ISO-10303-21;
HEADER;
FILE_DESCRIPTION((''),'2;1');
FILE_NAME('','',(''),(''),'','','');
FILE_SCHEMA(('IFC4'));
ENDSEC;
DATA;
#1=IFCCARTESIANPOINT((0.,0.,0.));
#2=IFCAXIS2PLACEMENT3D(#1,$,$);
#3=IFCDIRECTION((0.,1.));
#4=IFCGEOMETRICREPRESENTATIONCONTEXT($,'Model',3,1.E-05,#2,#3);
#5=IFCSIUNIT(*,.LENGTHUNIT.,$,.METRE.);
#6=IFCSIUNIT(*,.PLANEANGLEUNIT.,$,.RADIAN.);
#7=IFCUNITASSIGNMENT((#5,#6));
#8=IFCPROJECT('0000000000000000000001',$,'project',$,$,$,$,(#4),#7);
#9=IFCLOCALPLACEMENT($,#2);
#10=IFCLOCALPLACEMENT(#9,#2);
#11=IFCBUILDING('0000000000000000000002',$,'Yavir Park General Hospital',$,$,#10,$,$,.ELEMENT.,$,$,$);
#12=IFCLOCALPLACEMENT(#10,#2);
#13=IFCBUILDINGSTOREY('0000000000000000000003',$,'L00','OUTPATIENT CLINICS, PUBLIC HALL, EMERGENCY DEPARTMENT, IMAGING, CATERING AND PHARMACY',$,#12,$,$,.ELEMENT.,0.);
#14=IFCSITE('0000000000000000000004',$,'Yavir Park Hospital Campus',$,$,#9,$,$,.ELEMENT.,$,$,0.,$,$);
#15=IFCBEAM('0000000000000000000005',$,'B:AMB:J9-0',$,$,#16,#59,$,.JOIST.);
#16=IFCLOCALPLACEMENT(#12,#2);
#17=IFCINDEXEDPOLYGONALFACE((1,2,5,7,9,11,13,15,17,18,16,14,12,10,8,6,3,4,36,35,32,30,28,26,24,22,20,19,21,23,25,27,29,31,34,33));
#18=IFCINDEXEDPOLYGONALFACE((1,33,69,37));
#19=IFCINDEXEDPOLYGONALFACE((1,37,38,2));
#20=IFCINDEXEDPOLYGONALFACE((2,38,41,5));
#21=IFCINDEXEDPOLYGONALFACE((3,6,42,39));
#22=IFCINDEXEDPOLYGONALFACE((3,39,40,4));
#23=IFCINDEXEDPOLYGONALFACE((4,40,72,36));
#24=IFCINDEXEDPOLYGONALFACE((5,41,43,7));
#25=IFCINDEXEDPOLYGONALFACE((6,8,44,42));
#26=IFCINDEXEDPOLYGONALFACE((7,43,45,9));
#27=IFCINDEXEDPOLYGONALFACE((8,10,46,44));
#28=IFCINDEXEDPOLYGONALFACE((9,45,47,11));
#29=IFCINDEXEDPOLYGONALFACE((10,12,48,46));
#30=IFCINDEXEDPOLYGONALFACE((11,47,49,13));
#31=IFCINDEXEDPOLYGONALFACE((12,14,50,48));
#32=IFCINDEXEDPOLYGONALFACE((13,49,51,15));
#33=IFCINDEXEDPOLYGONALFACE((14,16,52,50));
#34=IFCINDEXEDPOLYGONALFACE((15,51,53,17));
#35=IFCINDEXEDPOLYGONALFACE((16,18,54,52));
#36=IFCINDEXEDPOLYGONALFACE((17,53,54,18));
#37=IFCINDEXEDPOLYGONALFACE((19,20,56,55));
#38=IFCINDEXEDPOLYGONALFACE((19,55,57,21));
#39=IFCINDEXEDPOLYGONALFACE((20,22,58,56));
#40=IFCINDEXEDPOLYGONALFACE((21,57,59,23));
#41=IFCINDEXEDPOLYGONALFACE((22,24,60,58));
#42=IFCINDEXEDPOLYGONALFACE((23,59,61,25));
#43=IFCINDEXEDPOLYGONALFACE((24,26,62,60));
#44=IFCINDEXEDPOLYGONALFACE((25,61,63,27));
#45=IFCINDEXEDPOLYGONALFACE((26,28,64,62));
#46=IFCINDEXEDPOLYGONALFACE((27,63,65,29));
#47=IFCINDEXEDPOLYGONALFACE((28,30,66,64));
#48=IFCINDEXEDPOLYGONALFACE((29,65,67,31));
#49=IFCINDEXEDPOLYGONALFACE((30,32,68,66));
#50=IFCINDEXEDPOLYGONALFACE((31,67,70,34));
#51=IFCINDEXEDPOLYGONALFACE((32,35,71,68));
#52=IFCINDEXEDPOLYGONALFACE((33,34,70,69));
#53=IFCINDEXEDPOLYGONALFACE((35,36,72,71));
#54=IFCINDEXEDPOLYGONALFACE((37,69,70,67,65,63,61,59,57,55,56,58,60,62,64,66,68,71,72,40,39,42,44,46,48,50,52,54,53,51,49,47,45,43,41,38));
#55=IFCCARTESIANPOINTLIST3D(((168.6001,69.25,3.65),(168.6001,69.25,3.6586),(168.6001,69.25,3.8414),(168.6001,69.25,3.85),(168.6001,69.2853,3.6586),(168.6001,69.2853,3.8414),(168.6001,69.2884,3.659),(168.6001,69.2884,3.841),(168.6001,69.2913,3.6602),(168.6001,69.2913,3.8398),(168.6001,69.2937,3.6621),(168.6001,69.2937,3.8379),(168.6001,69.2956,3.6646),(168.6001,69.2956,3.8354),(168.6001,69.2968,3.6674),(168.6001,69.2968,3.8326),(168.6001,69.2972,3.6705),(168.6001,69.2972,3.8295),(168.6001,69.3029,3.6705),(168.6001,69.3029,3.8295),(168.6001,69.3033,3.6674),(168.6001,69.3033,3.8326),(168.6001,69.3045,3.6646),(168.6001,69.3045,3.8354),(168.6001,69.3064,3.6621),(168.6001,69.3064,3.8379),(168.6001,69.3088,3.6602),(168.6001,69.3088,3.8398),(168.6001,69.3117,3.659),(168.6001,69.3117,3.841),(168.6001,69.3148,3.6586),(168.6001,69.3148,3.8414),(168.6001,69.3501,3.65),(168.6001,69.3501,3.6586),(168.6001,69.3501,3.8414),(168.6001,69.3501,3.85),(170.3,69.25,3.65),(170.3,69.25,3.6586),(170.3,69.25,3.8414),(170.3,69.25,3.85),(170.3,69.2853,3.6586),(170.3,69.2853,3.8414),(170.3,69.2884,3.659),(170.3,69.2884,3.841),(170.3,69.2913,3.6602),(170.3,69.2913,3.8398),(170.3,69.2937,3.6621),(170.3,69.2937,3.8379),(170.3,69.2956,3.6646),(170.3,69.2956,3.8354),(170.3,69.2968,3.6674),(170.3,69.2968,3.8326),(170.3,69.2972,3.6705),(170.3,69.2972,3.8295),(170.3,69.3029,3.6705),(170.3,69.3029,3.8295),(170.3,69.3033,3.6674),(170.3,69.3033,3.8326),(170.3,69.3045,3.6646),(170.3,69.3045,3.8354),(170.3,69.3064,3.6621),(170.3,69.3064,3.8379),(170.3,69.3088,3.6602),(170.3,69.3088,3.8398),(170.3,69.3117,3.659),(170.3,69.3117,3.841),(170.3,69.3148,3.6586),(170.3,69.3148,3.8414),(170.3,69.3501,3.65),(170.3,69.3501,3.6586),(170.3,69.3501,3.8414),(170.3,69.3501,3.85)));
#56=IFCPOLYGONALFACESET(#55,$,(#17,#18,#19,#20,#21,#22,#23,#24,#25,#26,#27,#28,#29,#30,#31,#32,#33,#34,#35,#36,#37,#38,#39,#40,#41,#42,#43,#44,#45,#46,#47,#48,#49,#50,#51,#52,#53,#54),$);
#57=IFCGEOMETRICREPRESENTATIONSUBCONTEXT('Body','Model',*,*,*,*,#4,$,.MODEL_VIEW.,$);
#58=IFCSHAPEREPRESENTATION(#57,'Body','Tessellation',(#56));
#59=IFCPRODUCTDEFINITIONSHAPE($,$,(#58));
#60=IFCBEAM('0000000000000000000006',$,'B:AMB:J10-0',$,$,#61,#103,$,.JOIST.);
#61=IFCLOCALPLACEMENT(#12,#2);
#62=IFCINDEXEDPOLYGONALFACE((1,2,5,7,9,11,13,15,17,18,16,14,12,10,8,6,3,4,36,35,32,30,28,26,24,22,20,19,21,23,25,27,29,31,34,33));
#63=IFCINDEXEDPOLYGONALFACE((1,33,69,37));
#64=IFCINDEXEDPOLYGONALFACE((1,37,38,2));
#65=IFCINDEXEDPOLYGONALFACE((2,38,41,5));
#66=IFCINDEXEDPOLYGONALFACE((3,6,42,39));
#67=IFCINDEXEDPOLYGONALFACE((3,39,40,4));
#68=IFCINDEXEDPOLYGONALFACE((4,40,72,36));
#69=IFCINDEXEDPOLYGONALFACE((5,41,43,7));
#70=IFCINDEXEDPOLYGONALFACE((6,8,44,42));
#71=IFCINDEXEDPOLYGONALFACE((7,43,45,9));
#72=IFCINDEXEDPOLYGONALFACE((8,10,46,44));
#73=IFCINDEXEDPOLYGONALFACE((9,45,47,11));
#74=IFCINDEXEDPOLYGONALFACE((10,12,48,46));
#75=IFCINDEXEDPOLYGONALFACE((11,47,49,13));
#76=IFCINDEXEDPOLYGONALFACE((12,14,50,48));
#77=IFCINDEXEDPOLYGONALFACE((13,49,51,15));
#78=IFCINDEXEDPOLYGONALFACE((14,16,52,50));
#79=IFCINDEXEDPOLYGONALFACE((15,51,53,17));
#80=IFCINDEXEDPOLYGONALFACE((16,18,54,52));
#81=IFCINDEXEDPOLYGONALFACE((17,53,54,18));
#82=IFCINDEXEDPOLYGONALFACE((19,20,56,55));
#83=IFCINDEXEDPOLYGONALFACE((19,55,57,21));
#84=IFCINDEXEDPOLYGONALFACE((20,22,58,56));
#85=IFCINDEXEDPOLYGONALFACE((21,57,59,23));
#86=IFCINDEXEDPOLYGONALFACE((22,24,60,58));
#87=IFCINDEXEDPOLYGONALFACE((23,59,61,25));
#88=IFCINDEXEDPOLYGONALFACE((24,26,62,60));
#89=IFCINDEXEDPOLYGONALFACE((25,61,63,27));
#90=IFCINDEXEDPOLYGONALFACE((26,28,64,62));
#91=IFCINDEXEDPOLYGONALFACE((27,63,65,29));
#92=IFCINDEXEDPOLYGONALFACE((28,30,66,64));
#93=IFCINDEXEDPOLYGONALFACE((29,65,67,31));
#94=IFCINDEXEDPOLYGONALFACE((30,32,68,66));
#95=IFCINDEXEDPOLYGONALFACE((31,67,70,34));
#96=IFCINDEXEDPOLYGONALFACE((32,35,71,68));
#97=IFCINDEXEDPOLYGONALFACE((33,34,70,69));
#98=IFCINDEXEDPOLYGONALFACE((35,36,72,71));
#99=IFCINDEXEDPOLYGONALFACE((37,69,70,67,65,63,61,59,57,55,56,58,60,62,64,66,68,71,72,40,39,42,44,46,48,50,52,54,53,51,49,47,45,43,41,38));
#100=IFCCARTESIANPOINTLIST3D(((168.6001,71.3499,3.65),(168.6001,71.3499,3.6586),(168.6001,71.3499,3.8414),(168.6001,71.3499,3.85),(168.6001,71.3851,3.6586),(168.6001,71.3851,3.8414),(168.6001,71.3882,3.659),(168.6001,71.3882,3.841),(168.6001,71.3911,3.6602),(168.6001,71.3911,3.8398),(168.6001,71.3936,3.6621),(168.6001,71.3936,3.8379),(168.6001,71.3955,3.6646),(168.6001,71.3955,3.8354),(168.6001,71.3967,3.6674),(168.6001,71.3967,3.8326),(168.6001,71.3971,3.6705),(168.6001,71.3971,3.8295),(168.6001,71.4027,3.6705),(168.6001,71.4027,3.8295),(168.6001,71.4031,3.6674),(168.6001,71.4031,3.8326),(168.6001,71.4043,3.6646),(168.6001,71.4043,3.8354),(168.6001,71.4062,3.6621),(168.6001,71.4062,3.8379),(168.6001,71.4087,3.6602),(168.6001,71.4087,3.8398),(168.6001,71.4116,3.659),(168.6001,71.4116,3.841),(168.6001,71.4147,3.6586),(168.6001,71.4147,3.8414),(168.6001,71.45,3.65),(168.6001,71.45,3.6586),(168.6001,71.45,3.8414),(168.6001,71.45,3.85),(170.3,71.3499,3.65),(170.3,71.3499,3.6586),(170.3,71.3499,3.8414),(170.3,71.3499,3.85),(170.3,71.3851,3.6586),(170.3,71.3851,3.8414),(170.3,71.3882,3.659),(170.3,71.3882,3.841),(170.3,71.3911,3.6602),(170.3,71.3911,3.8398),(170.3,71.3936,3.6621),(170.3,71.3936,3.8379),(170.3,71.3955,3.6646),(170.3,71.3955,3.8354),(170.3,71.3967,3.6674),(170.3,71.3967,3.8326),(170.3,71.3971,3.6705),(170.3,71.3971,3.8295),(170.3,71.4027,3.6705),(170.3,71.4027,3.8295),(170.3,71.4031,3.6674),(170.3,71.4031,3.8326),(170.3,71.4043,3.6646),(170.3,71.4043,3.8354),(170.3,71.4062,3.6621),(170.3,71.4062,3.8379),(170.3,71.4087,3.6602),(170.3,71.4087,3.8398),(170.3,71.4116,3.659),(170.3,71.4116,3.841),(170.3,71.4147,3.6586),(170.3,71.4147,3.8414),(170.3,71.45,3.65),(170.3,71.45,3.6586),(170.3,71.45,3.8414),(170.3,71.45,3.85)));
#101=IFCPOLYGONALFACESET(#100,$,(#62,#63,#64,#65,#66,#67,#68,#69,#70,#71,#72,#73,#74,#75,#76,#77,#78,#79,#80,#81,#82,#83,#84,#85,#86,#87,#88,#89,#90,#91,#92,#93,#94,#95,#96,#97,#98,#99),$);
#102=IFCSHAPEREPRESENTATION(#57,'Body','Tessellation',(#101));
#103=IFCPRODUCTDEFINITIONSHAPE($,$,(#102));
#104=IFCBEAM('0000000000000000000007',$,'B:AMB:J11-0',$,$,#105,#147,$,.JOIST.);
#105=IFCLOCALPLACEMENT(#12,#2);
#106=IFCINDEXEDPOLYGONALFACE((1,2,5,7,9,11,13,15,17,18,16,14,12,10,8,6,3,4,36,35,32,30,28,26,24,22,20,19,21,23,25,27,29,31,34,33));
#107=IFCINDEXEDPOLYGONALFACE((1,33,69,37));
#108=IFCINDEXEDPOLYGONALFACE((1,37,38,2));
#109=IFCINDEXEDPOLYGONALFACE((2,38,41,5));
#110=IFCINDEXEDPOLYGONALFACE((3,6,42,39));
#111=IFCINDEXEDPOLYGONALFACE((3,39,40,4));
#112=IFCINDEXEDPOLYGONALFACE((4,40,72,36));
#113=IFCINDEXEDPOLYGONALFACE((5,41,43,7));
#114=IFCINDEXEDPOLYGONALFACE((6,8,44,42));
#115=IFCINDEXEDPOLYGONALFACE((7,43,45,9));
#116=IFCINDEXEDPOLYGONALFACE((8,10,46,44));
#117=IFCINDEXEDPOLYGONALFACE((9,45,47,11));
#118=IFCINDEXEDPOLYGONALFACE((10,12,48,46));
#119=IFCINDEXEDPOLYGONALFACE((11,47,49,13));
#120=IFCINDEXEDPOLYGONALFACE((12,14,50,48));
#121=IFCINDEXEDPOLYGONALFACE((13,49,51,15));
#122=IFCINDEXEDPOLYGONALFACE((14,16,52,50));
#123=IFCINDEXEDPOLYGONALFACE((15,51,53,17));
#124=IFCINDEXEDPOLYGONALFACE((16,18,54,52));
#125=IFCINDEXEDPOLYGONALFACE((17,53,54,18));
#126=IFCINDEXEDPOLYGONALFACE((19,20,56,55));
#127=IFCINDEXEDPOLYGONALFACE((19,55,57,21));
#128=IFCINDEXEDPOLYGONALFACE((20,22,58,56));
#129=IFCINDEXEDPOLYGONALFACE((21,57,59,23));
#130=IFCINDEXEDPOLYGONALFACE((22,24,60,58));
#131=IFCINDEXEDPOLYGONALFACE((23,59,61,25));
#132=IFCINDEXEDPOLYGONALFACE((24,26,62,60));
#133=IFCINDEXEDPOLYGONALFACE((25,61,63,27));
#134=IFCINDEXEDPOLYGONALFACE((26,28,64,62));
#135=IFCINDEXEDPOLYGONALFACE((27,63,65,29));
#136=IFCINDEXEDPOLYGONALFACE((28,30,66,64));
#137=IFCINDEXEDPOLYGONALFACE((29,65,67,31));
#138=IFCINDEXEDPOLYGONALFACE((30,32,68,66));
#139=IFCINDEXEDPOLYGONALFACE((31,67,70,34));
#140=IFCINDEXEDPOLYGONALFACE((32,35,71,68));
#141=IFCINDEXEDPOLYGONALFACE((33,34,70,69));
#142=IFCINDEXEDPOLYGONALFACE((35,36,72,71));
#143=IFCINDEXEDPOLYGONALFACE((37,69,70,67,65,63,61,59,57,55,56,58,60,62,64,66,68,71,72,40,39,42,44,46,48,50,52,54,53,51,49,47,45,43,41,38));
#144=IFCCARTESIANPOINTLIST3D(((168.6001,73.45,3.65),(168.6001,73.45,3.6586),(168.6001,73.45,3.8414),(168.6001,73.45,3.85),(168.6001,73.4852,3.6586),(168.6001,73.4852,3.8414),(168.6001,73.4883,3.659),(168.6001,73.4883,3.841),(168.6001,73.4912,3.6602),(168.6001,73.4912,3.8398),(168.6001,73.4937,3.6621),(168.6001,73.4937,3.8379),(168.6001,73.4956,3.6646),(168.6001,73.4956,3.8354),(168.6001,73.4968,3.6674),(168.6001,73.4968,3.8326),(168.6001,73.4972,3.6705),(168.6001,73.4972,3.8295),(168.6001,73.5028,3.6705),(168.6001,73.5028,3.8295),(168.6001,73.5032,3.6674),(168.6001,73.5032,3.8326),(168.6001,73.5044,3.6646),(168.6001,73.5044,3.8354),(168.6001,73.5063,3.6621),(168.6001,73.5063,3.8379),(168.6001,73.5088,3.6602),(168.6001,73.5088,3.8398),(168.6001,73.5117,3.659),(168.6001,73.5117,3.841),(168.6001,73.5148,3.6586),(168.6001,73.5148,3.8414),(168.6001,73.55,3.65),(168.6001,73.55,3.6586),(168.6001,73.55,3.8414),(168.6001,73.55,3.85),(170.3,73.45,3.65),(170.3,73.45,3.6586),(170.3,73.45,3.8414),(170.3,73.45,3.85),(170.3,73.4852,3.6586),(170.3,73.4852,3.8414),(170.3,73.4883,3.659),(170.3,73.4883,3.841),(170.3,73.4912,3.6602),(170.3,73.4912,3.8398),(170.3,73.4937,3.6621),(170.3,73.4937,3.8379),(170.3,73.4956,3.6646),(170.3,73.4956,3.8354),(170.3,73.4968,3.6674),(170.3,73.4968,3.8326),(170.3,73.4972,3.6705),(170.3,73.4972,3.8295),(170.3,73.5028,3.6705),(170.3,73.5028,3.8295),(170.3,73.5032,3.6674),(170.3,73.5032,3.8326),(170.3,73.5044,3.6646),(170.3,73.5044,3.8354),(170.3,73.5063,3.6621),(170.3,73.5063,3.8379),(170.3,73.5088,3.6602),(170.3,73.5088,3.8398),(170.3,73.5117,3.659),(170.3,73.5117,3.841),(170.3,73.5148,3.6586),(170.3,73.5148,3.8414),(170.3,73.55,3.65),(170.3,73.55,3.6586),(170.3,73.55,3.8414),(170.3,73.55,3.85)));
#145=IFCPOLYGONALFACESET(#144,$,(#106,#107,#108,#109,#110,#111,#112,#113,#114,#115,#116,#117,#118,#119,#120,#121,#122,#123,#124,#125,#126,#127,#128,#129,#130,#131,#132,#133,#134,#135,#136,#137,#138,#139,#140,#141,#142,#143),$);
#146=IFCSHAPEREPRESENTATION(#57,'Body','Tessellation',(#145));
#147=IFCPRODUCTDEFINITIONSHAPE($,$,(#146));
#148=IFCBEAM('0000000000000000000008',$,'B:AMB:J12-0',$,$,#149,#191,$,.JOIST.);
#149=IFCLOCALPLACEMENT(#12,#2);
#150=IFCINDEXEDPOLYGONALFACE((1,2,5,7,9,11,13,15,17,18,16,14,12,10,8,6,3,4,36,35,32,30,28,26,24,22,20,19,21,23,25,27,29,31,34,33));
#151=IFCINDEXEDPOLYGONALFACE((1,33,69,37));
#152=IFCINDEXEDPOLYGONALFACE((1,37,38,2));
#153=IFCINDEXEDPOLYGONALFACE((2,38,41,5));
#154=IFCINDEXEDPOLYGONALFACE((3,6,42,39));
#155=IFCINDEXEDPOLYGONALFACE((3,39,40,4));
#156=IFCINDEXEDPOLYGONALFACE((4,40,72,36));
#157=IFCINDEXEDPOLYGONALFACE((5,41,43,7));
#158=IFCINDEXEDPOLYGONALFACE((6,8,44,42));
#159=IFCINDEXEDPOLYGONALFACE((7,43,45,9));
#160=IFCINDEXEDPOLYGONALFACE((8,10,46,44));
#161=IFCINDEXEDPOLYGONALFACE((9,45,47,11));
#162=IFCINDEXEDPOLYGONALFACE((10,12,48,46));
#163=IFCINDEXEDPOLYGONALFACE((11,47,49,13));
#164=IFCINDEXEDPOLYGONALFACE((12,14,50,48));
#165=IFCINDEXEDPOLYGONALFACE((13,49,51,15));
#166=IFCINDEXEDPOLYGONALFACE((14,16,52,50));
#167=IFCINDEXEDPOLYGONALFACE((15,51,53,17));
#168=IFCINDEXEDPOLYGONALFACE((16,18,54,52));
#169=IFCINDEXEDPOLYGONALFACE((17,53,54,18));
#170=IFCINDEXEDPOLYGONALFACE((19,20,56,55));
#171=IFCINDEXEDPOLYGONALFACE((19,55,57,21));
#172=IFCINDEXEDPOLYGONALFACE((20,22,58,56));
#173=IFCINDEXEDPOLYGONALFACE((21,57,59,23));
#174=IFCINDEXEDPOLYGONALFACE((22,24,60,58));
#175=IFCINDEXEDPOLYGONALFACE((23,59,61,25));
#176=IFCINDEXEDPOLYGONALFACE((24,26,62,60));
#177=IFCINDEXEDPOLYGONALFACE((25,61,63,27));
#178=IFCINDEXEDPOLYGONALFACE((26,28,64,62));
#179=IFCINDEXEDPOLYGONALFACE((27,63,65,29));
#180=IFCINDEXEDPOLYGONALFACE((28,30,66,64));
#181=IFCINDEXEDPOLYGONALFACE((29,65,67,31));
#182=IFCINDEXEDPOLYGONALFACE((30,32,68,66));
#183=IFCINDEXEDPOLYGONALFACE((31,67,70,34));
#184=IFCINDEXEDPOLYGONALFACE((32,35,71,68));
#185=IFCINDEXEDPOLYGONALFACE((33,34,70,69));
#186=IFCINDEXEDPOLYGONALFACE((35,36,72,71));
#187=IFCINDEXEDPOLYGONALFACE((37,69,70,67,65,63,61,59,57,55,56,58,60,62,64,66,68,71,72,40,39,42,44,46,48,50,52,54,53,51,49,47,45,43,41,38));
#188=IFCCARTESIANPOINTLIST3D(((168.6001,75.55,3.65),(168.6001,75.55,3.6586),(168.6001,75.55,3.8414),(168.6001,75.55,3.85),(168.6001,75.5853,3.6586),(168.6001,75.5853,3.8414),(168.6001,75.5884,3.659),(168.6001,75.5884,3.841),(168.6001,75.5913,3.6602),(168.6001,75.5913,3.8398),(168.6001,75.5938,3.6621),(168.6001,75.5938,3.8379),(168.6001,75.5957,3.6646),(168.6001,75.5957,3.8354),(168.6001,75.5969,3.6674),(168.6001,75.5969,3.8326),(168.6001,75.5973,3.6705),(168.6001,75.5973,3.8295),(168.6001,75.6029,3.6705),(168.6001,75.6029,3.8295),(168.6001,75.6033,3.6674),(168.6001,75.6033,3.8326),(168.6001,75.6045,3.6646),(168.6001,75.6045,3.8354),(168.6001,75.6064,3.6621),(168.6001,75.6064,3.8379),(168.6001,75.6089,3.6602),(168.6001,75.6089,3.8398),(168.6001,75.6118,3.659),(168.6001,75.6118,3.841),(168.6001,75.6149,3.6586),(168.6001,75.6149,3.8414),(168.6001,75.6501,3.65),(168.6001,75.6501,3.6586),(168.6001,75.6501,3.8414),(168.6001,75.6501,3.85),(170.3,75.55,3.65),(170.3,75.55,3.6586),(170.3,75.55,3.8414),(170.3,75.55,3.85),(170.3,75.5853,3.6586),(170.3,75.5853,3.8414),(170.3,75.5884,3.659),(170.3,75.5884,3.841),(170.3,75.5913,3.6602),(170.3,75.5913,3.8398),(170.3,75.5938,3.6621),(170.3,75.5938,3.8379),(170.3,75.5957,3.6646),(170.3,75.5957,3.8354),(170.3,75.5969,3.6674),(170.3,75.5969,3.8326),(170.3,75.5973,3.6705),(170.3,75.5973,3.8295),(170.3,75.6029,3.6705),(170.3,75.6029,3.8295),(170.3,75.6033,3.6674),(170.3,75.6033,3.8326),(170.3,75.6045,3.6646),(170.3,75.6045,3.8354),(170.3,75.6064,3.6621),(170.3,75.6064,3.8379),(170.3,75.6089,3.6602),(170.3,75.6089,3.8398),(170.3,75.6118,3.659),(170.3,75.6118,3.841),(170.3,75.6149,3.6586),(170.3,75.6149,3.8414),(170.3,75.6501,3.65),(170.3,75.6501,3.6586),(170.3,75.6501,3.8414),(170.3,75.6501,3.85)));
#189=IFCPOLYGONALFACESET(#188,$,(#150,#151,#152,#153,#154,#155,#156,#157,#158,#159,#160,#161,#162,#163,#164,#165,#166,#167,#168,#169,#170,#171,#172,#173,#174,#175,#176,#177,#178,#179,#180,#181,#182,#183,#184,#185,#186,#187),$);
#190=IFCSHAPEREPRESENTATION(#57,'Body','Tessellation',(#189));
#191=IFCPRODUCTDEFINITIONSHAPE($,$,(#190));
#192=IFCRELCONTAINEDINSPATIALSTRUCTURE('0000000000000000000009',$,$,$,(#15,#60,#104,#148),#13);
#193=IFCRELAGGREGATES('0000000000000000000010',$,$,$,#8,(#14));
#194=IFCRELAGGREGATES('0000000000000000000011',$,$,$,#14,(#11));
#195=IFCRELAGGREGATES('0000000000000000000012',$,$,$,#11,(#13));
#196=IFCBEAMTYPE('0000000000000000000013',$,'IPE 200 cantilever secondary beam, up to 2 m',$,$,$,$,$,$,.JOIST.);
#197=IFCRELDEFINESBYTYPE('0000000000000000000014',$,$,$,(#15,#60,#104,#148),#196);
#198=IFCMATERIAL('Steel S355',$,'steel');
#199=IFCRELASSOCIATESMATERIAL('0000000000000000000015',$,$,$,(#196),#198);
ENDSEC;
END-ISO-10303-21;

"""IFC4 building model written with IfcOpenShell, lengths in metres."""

from ifc_helpers import new_model, si_unit, direction, frame, origin, origin_2d, place, context, subcontext, project, spatial, i_section, extrude, material, material_profile, profile_set, type_object, element, save


model = new_model("IFC4")

# Units and contexts
model_context = context("Model", 3, precision=1e-05, world=origin(), true_north=direction((0.0, 1.0)))
body_context = subcontext(model_context, "Body", "Model", "MODEL_VIEW")
ifc_project = project(units=[si_unit("LENGTHUNIT", "METRE"), si_unit("PLANEANGLEUNIT", "RADIAN")], contexts=[model_context])

# Site, building, storey
site_placement = place(None, origin())
site = spatial("IfcSite", under=ifc_project, at=site_placement, Name="Yavir Park Hospital Campus", CompositionType="ELEMENT", RefElevation=0.0)
building_placement = place(site_placement, origin())
building = spatial("IfcBuilding", under=site, at=building_placement, Name="Yavir Park General Hospital", CompositionType="ELEMENT")
storey_placement = place(building_placement, origin())
storey = spatial("IfcBuildingStorey", under=building, at=storey_placement, Name="L00", Description="OUTPATIENT CLINICS, PUBLIC HALL, EMERGENCY DEPARTMENT, IMAGING, CATERING AND PHARMACY", CompositionType="ELEMENT", Elevation=0.0)

# Beams
ifc_material_1 = material(Name="Steel S355", Category="steel")
ifc_material_profile_1 = material_profile(ifc_material_1, i_section(OverallWidth=0.1001, OverallDepth=0.2, WebThickness=0.0056, FlangeThickness=0.0085, FilletRadius=0.012, at=origin_2d()), Name="IPE200")
ifc_profile_set_1 = profile_set([ifc_material_profile_1], Name="Steel S355")
beam_type_1 = type_object("IfcBeamType", Name="IPE 200 cantilever secondary beam, up to 2 m", PredefinedType="JOIST", material=ifc_profile_set_1)
for number, where, z_axis, x_axis, name in (
    (1, (168.6001, 69.3, 3.75), (1.0, 0.0, 0.0), (0.0, 1.0, 0.0), "B:AMB:J9-0"),
    (2, (168.6001, 71.3999, 3.75), (1.0, 0.0, 0.0), (0.0, 1.0, 0.0), "B:AMB:J10-0"),
    (3, (168.6001, 73.5, 3.75), (1.0, 0.0, 0.0), (0.0, 1.0, 0.0), "B:AMB:J11-0"),
    (4, (168.6001, 75.6001, 3.75), (1.0, 0.0, 0.0), (0.0, 1.0, 0.0), "B:AMB:J12-0"),
):
    element("IfcBeam", number, at=place(storey_placement, frame(where, z_axis=z_axis, x_axis=x_axis)), inside=storey, type_object=beam_type_1, Name=name, PredefinedType="JOIST", context=body_context, shape_type="SweptSolid", body=[
        extrude(i_section(OverallWidth=0.1001, OverallDepth=0.2, WebThickness=0.0056, FlangeThickness=0.0085, FilletRadius=0.012, at=origin_2d()), origin(), (0.0, 0.0, 1.0), 1.7),
    ])

save(model, "model.ifc")
